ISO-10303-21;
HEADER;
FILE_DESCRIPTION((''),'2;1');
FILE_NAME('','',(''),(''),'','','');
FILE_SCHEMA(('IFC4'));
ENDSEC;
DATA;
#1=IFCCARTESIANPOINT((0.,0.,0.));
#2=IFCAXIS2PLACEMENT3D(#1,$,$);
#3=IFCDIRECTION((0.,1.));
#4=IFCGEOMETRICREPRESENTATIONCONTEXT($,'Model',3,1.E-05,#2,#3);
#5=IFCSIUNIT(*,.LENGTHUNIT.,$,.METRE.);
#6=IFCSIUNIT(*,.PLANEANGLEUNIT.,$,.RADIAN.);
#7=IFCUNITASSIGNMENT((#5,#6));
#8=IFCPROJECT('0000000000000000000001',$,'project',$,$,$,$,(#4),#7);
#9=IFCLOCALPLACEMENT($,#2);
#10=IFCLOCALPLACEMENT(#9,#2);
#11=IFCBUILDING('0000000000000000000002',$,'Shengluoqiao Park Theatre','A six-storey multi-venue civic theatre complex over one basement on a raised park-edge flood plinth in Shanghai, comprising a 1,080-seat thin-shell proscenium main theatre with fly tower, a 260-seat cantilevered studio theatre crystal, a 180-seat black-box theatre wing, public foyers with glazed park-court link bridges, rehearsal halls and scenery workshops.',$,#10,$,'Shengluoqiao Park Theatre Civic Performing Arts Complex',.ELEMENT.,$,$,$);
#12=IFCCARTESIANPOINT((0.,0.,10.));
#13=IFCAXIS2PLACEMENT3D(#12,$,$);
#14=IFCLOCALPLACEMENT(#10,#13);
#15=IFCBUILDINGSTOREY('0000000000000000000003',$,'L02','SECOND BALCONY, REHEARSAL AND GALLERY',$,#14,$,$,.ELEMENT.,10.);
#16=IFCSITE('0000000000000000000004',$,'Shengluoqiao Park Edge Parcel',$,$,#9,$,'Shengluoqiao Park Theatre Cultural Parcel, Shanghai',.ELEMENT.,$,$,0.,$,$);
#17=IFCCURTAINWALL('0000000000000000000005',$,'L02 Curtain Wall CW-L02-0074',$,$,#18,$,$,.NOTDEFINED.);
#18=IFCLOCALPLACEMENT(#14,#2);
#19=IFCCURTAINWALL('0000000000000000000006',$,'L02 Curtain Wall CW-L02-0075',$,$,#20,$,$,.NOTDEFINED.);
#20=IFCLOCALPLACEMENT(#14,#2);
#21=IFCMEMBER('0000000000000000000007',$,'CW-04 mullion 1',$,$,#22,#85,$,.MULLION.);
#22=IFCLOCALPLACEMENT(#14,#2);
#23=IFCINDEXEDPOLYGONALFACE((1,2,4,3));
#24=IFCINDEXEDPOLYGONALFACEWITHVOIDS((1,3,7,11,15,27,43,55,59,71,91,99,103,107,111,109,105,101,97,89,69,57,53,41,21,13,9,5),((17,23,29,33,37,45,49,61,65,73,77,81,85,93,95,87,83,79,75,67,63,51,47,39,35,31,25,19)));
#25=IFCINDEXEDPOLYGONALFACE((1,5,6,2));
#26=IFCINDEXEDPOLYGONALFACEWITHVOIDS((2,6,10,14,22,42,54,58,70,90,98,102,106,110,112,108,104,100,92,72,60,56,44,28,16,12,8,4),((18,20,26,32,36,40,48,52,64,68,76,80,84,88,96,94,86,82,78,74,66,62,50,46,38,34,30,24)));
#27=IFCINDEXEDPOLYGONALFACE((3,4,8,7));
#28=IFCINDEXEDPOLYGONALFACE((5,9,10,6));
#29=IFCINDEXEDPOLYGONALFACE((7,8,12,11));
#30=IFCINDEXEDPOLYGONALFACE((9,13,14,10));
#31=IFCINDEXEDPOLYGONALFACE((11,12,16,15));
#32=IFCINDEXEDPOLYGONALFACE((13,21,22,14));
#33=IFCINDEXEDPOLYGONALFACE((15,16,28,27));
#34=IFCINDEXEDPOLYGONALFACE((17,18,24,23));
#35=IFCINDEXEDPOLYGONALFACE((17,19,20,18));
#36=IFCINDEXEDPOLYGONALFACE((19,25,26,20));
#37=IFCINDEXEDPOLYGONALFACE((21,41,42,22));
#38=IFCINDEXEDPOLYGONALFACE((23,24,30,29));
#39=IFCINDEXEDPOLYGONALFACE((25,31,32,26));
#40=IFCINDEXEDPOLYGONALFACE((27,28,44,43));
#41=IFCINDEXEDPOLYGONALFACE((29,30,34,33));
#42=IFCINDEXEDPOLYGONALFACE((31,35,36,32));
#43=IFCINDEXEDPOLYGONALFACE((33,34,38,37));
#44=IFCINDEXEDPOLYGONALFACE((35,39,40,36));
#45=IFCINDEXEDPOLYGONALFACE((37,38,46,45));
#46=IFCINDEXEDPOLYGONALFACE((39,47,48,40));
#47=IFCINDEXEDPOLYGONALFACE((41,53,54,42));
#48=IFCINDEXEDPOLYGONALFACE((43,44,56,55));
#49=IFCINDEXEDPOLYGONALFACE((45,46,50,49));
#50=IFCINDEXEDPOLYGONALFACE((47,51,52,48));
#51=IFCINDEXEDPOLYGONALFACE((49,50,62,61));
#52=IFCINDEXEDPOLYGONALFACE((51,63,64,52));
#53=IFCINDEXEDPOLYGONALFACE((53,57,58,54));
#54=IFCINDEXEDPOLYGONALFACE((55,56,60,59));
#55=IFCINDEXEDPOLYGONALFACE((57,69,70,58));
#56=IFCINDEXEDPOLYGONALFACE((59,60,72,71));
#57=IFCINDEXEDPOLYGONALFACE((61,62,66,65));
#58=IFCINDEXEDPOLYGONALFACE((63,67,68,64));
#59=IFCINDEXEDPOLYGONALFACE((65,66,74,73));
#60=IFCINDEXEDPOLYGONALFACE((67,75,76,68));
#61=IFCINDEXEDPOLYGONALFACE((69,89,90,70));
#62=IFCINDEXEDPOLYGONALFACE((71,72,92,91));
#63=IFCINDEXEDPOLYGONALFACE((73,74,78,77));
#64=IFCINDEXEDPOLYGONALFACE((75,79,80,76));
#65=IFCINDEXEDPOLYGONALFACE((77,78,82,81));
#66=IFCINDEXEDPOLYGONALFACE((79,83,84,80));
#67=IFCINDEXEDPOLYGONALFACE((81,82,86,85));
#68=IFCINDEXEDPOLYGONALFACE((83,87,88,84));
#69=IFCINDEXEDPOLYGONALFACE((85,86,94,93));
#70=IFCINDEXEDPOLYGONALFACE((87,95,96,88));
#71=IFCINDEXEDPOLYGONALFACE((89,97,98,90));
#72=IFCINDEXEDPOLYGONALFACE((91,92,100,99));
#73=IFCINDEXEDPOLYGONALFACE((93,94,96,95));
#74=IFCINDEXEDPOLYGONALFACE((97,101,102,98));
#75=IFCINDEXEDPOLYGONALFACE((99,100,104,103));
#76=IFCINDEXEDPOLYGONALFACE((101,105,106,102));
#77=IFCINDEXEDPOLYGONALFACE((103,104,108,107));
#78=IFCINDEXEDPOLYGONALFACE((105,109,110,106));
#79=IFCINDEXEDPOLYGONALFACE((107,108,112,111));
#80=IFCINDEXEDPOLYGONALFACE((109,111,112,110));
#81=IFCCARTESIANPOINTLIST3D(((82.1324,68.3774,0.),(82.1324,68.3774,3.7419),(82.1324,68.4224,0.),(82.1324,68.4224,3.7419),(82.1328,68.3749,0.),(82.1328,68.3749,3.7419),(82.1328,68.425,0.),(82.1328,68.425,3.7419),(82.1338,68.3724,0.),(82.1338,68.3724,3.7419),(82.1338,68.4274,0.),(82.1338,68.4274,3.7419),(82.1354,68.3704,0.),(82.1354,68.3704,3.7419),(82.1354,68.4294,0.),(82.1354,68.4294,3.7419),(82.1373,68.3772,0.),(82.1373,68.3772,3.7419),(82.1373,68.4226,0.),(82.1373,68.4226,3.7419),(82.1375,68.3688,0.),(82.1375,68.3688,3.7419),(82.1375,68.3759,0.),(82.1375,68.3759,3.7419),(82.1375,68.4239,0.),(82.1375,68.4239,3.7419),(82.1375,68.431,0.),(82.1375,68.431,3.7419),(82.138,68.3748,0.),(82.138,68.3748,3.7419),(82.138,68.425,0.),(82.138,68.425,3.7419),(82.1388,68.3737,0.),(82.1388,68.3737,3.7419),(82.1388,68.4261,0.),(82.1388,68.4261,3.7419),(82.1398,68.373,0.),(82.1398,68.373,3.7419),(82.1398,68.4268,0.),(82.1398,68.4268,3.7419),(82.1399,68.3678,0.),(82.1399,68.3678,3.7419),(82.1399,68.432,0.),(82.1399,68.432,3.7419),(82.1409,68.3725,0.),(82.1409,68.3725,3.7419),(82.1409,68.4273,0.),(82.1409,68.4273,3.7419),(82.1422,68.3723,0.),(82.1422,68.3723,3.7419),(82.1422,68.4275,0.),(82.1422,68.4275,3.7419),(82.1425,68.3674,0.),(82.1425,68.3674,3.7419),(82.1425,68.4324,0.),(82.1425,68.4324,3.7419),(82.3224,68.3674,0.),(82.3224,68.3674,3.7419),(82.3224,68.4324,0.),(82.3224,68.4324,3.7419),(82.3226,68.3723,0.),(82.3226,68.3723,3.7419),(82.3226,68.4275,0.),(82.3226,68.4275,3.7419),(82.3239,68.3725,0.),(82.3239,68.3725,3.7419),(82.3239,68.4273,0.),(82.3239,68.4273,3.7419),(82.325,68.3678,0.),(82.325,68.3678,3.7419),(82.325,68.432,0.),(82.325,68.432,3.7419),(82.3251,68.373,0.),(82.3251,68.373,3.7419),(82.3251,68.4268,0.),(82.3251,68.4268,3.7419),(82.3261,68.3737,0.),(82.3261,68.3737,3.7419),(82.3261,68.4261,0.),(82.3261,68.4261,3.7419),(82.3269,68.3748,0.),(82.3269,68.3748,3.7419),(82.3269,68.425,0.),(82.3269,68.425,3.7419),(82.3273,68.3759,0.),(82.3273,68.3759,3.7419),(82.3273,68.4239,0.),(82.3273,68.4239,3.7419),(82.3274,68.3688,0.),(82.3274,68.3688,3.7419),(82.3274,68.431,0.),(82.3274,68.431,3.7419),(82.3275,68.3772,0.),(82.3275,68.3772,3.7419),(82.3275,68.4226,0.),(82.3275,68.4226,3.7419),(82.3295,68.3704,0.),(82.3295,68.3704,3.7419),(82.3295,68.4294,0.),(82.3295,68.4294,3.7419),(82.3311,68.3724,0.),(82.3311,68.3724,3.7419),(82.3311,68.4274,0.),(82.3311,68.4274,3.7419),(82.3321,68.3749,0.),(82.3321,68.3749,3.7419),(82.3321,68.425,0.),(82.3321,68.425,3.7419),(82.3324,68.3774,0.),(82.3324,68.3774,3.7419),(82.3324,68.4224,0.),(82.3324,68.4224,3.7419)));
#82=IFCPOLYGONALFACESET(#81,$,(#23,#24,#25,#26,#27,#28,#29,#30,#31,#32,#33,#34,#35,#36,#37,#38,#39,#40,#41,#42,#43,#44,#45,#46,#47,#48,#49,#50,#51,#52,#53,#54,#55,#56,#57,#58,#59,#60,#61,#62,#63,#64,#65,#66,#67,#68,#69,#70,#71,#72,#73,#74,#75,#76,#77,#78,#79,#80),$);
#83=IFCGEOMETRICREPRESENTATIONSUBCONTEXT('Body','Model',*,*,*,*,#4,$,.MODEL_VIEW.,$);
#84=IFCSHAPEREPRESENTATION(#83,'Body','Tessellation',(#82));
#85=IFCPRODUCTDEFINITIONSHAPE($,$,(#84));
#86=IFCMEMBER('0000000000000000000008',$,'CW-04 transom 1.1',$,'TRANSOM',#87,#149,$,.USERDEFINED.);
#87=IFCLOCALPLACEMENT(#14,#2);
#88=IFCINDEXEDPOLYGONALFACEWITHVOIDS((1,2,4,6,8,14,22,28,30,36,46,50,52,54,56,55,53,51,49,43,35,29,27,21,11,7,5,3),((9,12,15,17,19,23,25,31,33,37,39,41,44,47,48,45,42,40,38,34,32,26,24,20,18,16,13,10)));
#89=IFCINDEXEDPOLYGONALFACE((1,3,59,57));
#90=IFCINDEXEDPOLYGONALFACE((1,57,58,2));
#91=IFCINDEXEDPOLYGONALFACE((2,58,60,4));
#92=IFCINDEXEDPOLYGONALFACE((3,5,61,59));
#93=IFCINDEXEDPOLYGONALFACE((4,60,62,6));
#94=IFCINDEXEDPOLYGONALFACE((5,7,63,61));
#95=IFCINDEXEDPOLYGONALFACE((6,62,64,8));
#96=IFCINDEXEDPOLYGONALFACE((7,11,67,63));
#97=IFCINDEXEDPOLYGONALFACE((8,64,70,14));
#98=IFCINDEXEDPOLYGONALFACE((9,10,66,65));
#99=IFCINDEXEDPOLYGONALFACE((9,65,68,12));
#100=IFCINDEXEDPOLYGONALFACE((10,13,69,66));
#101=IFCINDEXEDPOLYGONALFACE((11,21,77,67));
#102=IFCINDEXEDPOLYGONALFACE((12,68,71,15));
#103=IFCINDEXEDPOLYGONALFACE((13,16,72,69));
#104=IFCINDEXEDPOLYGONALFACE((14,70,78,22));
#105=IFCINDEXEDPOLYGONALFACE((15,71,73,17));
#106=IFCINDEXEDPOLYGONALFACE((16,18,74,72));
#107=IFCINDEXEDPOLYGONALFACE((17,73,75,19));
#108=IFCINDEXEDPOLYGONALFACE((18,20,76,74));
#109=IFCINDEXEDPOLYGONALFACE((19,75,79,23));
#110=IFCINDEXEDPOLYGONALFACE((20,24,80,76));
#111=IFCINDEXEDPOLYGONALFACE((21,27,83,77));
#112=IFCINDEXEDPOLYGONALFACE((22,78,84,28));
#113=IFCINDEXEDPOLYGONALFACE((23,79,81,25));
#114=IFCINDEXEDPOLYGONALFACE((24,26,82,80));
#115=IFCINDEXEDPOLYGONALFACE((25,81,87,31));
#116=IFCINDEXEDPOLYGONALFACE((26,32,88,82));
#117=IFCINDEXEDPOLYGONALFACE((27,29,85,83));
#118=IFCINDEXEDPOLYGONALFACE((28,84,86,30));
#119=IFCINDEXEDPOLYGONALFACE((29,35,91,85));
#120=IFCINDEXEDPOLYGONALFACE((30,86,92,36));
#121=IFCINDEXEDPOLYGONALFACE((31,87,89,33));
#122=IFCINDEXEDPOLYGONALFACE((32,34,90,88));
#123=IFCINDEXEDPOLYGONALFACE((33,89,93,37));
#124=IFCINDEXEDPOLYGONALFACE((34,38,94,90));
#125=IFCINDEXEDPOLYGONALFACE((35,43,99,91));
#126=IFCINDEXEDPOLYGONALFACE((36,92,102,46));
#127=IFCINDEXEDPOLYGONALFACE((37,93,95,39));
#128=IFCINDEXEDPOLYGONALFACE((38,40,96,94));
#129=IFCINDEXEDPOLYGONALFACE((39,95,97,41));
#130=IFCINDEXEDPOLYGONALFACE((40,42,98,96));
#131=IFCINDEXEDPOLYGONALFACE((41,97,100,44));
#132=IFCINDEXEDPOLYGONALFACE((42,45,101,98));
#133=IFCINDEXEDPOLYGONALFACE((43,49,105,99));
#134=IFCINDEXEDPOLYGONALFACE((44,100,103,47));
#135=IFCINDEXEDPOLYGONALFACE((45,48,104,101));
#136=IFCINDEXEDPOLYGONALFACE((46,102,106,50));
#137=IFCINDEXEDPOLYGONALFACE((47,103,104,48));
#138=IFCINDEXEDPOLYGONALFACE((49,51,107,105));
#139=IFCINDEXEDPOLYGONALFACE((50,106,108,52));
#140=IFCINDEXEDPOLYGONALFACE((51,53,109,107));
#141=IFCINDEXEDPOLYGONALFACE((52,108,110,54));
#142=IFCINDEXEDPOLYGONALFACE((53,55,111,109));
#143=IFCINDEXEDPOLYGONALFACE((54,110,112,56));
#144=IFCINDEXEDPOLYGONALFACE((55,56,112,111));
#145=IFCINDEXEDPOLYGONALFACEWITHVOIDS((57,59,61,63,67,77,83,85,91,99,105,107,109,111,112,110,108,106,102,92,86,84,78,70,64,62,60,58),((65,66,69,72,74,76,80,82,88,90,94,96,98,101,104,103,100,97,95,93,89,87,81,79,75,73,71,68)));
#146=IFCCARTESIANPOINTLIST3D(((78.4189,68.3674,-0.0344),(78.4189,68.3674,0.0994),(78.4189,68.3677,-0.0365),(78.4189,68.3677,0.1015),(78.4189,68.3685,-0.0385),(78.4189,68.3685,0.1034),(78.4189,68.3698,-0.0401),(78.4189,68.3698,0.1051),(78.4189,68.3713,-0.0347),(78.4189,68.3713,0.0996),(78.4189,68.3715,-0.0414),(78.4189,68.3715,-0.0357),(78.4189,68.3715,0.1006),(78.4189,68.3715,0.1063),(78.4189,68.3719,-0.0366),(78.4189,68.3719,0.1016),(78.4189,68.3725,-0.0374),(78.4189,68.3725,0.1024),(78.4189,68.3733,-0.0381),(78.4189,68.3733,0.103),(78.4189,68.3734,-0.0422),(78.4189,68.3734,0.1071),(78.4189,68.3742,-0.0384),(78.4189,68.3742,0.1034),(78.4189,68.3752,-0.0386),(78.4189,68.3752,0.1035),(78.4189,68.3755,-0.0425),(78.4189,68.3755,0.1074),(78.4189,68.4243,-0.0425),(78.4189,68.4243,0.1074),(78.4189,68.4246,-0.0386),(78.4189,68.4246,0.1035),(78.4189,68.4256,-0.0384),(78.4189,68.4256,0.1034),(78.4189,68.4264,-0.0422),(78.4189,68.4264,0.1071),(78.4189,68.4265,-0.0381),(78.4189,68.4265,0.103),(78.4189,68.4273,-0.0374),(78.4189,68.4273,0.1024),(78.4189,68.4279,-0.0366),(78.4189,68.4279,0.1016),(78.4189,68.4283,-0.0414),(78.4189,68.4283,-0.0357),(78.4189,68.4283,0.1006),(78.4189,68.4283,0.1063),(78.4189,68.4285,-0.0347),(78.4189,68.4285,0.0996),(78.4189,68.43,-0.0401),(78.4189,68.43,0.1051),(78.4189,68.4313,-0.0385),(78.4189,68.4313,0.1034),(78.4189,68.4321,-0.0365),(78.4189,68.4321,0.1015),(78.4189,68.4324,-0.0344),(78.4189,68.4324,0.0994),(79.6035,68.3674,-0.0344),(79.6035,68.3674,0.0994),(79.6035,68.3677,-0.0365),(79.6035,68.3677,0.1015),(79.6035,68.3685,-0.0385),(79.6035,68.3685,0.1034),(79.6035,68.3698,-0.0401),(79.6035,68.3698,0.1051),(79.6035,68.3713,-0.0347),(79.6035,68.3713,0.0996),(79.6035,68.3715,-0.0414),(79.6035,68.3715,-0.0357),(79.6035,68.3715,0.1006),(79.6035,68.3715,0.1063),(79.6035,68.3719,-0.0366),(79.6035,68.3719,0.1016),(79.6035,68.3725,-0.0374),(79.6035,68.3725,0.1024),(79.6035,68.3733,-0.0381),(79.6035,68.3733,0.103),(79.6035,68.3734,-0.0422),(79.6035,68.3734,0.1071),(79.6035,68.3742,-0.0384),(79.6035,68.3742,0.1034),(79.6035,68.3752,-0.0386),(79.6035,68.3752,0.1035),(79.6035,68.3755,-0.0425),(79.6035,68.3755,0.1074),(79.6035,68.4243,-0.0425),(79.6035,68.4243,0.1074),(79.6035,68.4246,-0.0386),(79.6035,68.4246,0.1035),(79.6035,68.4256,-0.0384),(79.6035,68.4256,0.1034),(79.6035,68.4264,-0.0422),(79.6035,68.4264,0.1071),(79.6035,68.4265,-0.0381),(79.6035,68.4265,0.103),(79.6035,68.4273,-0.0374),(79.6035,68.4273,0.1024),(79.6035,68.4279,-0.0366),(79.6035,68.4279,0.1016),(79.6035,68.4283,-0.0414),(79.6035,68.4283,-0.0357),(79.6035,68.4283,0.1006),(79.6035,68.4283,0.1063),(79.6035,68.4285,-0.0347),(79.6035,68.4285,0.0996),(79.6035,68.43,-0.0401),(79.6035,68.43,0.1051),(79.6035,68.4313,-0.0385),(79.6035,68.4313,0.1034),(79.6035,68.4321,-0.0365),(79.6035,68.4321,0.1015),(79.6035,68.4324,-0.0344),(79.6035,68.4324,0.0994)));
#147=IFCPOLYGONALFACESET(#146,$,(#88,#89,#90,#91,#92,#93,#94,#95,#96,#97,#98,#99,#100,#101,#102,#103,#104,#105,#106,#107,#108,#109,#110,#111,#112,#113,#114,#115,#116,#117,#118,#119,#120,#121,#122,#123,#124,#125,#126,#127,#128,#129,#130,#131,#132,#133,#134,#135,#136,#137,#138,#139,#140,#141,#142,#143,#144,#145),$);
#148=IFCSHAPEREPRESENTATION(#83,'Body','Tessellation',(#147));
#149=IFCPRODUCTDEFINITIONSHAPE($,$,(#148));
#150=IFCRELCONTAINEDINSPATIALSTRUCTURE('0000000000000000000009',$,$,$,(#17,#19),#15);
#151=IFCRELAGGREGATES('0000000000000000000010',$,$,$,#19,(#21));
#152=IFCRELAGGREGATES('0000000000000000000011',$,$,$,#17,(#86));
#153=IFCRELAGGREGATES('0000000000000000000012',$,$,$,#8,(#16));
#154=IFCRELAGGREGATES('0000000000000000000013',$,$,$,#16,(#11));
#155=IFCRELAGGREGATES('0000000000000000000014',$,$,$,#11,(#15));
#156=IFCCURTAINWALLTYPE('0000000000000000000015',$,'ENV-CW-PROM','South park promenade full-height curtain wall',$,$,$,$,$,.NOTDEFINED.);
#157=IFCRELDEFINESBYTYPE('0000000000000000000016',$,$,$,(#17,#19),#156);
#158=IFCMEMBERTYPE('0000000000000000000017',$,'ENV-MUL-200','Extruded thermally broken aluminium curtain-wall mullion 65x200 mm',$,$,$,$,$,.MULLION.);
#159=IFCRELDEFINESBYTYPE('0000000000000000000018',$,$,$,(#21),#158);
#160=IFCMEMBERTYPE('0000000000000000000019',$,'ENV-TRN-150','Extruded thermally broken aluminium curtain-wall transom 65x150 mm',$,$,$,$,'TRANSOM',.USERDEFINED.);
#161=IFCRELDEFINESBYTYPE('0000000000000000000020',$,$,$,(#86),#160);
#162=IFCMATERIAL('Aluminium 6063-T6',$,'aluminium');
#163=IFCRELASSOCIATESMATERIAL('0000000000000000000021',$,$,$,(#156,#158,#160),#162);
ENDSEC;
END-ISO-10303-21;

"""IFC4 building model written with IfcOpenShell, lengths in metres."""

from ifc_helpers import new_model, si_unit, direction, frame, origin, origin_2d, place, context, subcontext, project, spatial, hollow_rectangle, extrude, material, material_profile, profile_set, type_object, element, aggregate, save


model = new_model("IFC4")

# Units and contexts
model_context = context("Model", 3, precision=1e-05, world=origin(), true_north=direction((0.0, 1.0)))
body_context = subcontext(model_context, "Body", "Model", "MODEL_VIEW")
ifc_project = project(units=[si_unit("LENGTHUNIT", "METRE"), si_unit("PLANEANGLEUNIT", "RADIAN")], contexts=[model_context])

# Site, building, storey
site_placement = place(None, origin())
site = spatial("IfcSite", under=ifc_project, at=site_placement, Name="Shengluoqiao Park Edge Parcel", LongName="Shengluoqiao Park Theatre Cultural Parcel, Shanghai", CompositionType="ELEMENT", RefElevation=0.0)
building_placement = place(site_placement, origin())
building = spatial("IfcBuilding", under=site, at=building_placement, Name="Shengluoqiao Park Theatre", Description="A six-storey multi-venue civic theatre complex over one basement on a raised park-edge flood plinth in Shanghai, comprising a 1,080-seat thin-shell proscenium main theatre with fly tower, a 260-seat cantilevered studio theatre crystal, a 180-seat black-box theatre wing, public foyers with glazed park-court link bridges, rehearsal halls and scenery workshops.", LongName="Shengluoqiao Park Theatre Civic Performing Arts Complex", CompositionType="ELEMENT")
storey_placement = place(building_placement, frame((0.0, 0.0, 10.0)))
storey = spatial("IfcBuildingStorey", under=building, at=storey_placement, Name="L02", Description="SECOND BALCONY, REHEARSAL AND GALLERY", CompositionType="ELEMENT", Elevation=10.0)

# Curtain wall
ifc_material_1 = material(Name="Aluminium 6063-T6", Category="aluminium")
curtain_wall_type = type_object("IfcCurtainWallType", Name="ENV-CW-PROM", Description="South park promenade full-height curtain wall", PredefinedType="NOTDEFINED", material=ifc_material_1)
curtain_wall_1_placement = place(storey_placement, origin())
curtain_wall_1 = element("IfcCurtainWall", 1, at=curtain_wall_1_placement, inside=storey, type_object=curtain_wall_type, Name="L02 Curtain Wall CW-L02-0074", PredefinedType="NOTDEFINED")
ifc_material_profile_1 = material_profile(ifc_material_1, hollow_rectangle(XDim=0.0649, YDim=0.2, WallThickness=0.0049, InnerFilletRadius=0.0049, OuterFilletRadius=0.01, at=origin_2d()), Name="ALU MULLION 200x65x5")
ifc_profile_set_1 = profile_set([ifc_material_profile_1], Name="Aluminium 6063-T6")
member_type_1 = type_object("IfcMemberType", Name="ENV-MUL-200", Description="Extruded thermally broken aluminium curtain-wall mullion 65x200 mm", PredefinedType="MULLION", material=ifc_profile_set_1)

# Curtain wall, member
curtain_wall_2_placement = place(storey_placement, origin())
curtain_wall_2 = element("IfcCurtainWall", 2, at=curtain_wall_2_placement, inside=storey, type_object=curtain_wall_type, Name="L02 Curtain Wall CW-L02-0075", PredefinedType="NOTDEFINED")
member_1_placement = place(storey_placement, frame((82.2324, 68.3999, 0.0), z_axis=(0.0, 0.0, 1.0), x_axis=(0.0, 1.0, 0.0)))
member_1 = element("IfcMember", 3, at=member_1_placement, type_object=member_type_1, Name="CW-04 mullion 1", PredefinedType="MULLION", context=body_context, shape_type="SweptSolid", body=[
    extrude(hollow_rectangle(XDim=0.0649, YDim=0.2, WallThickness=0.0049, InnerFilletRadius=0.0049, OuterFilletRadius=0.01, at=origin_2d()), origin(), (0.0, 0.0, 1.0), 3.7419),
])

# Member
ifc_material_profile_2 = material_profile(ifc_material_1, hollow_rectangle(XDim=0.0649, YDim=0.1499, WallThickness=0.0039, InnerFilletRadius=0.0039, OuterFilletRadius=0.0081, at=origin_2d()), Name="ALU TRANSOM 150x65x4")
ifc_profile_set_2 = profile_set([ifc_material_profile_2], Name="Aluminium 6063-T6")
member_type_2 = type_object("IfcMemberType", Name="ENV-TRN-150", Description="Extruded thermally broken aluminium curtain-wall transom 65x150 mm", ElementType="TRANSOM", PredefinedType="USERDEFINED", material=ifc_profile_set_2)
member_2_placement = place(storey_placement, frame((78.4189, 68.3999, 0.0325), z_axis=(1.0, 0.0, 0.0), x_axis=(0.0, 1.0, 0.0)))
member_2 = element("IfcMember", 4, at=member_2_placement, type_object=member_type_2, Name="CW-04 transom 1.1", ObjectType="TRANSOM", PredefinedType="USERDEFINED", context=body_context, shape_type="SweptSolid", body=[
    extrude(hollow_rectangle(XDim=0.0649, YDim=0.1499, WallThickness=0.0039, InnerFilletRadius=0.0039, OuterFilletRadius=0.0081, at=origin_2d()), origin(), (0.0, 0.0, 1.0), 1.1846),
])
aggregate(curtain_wall_2, [member_1])

aggregate(curtain_wall_1, [member_2])

save(model, "model.ifc")
